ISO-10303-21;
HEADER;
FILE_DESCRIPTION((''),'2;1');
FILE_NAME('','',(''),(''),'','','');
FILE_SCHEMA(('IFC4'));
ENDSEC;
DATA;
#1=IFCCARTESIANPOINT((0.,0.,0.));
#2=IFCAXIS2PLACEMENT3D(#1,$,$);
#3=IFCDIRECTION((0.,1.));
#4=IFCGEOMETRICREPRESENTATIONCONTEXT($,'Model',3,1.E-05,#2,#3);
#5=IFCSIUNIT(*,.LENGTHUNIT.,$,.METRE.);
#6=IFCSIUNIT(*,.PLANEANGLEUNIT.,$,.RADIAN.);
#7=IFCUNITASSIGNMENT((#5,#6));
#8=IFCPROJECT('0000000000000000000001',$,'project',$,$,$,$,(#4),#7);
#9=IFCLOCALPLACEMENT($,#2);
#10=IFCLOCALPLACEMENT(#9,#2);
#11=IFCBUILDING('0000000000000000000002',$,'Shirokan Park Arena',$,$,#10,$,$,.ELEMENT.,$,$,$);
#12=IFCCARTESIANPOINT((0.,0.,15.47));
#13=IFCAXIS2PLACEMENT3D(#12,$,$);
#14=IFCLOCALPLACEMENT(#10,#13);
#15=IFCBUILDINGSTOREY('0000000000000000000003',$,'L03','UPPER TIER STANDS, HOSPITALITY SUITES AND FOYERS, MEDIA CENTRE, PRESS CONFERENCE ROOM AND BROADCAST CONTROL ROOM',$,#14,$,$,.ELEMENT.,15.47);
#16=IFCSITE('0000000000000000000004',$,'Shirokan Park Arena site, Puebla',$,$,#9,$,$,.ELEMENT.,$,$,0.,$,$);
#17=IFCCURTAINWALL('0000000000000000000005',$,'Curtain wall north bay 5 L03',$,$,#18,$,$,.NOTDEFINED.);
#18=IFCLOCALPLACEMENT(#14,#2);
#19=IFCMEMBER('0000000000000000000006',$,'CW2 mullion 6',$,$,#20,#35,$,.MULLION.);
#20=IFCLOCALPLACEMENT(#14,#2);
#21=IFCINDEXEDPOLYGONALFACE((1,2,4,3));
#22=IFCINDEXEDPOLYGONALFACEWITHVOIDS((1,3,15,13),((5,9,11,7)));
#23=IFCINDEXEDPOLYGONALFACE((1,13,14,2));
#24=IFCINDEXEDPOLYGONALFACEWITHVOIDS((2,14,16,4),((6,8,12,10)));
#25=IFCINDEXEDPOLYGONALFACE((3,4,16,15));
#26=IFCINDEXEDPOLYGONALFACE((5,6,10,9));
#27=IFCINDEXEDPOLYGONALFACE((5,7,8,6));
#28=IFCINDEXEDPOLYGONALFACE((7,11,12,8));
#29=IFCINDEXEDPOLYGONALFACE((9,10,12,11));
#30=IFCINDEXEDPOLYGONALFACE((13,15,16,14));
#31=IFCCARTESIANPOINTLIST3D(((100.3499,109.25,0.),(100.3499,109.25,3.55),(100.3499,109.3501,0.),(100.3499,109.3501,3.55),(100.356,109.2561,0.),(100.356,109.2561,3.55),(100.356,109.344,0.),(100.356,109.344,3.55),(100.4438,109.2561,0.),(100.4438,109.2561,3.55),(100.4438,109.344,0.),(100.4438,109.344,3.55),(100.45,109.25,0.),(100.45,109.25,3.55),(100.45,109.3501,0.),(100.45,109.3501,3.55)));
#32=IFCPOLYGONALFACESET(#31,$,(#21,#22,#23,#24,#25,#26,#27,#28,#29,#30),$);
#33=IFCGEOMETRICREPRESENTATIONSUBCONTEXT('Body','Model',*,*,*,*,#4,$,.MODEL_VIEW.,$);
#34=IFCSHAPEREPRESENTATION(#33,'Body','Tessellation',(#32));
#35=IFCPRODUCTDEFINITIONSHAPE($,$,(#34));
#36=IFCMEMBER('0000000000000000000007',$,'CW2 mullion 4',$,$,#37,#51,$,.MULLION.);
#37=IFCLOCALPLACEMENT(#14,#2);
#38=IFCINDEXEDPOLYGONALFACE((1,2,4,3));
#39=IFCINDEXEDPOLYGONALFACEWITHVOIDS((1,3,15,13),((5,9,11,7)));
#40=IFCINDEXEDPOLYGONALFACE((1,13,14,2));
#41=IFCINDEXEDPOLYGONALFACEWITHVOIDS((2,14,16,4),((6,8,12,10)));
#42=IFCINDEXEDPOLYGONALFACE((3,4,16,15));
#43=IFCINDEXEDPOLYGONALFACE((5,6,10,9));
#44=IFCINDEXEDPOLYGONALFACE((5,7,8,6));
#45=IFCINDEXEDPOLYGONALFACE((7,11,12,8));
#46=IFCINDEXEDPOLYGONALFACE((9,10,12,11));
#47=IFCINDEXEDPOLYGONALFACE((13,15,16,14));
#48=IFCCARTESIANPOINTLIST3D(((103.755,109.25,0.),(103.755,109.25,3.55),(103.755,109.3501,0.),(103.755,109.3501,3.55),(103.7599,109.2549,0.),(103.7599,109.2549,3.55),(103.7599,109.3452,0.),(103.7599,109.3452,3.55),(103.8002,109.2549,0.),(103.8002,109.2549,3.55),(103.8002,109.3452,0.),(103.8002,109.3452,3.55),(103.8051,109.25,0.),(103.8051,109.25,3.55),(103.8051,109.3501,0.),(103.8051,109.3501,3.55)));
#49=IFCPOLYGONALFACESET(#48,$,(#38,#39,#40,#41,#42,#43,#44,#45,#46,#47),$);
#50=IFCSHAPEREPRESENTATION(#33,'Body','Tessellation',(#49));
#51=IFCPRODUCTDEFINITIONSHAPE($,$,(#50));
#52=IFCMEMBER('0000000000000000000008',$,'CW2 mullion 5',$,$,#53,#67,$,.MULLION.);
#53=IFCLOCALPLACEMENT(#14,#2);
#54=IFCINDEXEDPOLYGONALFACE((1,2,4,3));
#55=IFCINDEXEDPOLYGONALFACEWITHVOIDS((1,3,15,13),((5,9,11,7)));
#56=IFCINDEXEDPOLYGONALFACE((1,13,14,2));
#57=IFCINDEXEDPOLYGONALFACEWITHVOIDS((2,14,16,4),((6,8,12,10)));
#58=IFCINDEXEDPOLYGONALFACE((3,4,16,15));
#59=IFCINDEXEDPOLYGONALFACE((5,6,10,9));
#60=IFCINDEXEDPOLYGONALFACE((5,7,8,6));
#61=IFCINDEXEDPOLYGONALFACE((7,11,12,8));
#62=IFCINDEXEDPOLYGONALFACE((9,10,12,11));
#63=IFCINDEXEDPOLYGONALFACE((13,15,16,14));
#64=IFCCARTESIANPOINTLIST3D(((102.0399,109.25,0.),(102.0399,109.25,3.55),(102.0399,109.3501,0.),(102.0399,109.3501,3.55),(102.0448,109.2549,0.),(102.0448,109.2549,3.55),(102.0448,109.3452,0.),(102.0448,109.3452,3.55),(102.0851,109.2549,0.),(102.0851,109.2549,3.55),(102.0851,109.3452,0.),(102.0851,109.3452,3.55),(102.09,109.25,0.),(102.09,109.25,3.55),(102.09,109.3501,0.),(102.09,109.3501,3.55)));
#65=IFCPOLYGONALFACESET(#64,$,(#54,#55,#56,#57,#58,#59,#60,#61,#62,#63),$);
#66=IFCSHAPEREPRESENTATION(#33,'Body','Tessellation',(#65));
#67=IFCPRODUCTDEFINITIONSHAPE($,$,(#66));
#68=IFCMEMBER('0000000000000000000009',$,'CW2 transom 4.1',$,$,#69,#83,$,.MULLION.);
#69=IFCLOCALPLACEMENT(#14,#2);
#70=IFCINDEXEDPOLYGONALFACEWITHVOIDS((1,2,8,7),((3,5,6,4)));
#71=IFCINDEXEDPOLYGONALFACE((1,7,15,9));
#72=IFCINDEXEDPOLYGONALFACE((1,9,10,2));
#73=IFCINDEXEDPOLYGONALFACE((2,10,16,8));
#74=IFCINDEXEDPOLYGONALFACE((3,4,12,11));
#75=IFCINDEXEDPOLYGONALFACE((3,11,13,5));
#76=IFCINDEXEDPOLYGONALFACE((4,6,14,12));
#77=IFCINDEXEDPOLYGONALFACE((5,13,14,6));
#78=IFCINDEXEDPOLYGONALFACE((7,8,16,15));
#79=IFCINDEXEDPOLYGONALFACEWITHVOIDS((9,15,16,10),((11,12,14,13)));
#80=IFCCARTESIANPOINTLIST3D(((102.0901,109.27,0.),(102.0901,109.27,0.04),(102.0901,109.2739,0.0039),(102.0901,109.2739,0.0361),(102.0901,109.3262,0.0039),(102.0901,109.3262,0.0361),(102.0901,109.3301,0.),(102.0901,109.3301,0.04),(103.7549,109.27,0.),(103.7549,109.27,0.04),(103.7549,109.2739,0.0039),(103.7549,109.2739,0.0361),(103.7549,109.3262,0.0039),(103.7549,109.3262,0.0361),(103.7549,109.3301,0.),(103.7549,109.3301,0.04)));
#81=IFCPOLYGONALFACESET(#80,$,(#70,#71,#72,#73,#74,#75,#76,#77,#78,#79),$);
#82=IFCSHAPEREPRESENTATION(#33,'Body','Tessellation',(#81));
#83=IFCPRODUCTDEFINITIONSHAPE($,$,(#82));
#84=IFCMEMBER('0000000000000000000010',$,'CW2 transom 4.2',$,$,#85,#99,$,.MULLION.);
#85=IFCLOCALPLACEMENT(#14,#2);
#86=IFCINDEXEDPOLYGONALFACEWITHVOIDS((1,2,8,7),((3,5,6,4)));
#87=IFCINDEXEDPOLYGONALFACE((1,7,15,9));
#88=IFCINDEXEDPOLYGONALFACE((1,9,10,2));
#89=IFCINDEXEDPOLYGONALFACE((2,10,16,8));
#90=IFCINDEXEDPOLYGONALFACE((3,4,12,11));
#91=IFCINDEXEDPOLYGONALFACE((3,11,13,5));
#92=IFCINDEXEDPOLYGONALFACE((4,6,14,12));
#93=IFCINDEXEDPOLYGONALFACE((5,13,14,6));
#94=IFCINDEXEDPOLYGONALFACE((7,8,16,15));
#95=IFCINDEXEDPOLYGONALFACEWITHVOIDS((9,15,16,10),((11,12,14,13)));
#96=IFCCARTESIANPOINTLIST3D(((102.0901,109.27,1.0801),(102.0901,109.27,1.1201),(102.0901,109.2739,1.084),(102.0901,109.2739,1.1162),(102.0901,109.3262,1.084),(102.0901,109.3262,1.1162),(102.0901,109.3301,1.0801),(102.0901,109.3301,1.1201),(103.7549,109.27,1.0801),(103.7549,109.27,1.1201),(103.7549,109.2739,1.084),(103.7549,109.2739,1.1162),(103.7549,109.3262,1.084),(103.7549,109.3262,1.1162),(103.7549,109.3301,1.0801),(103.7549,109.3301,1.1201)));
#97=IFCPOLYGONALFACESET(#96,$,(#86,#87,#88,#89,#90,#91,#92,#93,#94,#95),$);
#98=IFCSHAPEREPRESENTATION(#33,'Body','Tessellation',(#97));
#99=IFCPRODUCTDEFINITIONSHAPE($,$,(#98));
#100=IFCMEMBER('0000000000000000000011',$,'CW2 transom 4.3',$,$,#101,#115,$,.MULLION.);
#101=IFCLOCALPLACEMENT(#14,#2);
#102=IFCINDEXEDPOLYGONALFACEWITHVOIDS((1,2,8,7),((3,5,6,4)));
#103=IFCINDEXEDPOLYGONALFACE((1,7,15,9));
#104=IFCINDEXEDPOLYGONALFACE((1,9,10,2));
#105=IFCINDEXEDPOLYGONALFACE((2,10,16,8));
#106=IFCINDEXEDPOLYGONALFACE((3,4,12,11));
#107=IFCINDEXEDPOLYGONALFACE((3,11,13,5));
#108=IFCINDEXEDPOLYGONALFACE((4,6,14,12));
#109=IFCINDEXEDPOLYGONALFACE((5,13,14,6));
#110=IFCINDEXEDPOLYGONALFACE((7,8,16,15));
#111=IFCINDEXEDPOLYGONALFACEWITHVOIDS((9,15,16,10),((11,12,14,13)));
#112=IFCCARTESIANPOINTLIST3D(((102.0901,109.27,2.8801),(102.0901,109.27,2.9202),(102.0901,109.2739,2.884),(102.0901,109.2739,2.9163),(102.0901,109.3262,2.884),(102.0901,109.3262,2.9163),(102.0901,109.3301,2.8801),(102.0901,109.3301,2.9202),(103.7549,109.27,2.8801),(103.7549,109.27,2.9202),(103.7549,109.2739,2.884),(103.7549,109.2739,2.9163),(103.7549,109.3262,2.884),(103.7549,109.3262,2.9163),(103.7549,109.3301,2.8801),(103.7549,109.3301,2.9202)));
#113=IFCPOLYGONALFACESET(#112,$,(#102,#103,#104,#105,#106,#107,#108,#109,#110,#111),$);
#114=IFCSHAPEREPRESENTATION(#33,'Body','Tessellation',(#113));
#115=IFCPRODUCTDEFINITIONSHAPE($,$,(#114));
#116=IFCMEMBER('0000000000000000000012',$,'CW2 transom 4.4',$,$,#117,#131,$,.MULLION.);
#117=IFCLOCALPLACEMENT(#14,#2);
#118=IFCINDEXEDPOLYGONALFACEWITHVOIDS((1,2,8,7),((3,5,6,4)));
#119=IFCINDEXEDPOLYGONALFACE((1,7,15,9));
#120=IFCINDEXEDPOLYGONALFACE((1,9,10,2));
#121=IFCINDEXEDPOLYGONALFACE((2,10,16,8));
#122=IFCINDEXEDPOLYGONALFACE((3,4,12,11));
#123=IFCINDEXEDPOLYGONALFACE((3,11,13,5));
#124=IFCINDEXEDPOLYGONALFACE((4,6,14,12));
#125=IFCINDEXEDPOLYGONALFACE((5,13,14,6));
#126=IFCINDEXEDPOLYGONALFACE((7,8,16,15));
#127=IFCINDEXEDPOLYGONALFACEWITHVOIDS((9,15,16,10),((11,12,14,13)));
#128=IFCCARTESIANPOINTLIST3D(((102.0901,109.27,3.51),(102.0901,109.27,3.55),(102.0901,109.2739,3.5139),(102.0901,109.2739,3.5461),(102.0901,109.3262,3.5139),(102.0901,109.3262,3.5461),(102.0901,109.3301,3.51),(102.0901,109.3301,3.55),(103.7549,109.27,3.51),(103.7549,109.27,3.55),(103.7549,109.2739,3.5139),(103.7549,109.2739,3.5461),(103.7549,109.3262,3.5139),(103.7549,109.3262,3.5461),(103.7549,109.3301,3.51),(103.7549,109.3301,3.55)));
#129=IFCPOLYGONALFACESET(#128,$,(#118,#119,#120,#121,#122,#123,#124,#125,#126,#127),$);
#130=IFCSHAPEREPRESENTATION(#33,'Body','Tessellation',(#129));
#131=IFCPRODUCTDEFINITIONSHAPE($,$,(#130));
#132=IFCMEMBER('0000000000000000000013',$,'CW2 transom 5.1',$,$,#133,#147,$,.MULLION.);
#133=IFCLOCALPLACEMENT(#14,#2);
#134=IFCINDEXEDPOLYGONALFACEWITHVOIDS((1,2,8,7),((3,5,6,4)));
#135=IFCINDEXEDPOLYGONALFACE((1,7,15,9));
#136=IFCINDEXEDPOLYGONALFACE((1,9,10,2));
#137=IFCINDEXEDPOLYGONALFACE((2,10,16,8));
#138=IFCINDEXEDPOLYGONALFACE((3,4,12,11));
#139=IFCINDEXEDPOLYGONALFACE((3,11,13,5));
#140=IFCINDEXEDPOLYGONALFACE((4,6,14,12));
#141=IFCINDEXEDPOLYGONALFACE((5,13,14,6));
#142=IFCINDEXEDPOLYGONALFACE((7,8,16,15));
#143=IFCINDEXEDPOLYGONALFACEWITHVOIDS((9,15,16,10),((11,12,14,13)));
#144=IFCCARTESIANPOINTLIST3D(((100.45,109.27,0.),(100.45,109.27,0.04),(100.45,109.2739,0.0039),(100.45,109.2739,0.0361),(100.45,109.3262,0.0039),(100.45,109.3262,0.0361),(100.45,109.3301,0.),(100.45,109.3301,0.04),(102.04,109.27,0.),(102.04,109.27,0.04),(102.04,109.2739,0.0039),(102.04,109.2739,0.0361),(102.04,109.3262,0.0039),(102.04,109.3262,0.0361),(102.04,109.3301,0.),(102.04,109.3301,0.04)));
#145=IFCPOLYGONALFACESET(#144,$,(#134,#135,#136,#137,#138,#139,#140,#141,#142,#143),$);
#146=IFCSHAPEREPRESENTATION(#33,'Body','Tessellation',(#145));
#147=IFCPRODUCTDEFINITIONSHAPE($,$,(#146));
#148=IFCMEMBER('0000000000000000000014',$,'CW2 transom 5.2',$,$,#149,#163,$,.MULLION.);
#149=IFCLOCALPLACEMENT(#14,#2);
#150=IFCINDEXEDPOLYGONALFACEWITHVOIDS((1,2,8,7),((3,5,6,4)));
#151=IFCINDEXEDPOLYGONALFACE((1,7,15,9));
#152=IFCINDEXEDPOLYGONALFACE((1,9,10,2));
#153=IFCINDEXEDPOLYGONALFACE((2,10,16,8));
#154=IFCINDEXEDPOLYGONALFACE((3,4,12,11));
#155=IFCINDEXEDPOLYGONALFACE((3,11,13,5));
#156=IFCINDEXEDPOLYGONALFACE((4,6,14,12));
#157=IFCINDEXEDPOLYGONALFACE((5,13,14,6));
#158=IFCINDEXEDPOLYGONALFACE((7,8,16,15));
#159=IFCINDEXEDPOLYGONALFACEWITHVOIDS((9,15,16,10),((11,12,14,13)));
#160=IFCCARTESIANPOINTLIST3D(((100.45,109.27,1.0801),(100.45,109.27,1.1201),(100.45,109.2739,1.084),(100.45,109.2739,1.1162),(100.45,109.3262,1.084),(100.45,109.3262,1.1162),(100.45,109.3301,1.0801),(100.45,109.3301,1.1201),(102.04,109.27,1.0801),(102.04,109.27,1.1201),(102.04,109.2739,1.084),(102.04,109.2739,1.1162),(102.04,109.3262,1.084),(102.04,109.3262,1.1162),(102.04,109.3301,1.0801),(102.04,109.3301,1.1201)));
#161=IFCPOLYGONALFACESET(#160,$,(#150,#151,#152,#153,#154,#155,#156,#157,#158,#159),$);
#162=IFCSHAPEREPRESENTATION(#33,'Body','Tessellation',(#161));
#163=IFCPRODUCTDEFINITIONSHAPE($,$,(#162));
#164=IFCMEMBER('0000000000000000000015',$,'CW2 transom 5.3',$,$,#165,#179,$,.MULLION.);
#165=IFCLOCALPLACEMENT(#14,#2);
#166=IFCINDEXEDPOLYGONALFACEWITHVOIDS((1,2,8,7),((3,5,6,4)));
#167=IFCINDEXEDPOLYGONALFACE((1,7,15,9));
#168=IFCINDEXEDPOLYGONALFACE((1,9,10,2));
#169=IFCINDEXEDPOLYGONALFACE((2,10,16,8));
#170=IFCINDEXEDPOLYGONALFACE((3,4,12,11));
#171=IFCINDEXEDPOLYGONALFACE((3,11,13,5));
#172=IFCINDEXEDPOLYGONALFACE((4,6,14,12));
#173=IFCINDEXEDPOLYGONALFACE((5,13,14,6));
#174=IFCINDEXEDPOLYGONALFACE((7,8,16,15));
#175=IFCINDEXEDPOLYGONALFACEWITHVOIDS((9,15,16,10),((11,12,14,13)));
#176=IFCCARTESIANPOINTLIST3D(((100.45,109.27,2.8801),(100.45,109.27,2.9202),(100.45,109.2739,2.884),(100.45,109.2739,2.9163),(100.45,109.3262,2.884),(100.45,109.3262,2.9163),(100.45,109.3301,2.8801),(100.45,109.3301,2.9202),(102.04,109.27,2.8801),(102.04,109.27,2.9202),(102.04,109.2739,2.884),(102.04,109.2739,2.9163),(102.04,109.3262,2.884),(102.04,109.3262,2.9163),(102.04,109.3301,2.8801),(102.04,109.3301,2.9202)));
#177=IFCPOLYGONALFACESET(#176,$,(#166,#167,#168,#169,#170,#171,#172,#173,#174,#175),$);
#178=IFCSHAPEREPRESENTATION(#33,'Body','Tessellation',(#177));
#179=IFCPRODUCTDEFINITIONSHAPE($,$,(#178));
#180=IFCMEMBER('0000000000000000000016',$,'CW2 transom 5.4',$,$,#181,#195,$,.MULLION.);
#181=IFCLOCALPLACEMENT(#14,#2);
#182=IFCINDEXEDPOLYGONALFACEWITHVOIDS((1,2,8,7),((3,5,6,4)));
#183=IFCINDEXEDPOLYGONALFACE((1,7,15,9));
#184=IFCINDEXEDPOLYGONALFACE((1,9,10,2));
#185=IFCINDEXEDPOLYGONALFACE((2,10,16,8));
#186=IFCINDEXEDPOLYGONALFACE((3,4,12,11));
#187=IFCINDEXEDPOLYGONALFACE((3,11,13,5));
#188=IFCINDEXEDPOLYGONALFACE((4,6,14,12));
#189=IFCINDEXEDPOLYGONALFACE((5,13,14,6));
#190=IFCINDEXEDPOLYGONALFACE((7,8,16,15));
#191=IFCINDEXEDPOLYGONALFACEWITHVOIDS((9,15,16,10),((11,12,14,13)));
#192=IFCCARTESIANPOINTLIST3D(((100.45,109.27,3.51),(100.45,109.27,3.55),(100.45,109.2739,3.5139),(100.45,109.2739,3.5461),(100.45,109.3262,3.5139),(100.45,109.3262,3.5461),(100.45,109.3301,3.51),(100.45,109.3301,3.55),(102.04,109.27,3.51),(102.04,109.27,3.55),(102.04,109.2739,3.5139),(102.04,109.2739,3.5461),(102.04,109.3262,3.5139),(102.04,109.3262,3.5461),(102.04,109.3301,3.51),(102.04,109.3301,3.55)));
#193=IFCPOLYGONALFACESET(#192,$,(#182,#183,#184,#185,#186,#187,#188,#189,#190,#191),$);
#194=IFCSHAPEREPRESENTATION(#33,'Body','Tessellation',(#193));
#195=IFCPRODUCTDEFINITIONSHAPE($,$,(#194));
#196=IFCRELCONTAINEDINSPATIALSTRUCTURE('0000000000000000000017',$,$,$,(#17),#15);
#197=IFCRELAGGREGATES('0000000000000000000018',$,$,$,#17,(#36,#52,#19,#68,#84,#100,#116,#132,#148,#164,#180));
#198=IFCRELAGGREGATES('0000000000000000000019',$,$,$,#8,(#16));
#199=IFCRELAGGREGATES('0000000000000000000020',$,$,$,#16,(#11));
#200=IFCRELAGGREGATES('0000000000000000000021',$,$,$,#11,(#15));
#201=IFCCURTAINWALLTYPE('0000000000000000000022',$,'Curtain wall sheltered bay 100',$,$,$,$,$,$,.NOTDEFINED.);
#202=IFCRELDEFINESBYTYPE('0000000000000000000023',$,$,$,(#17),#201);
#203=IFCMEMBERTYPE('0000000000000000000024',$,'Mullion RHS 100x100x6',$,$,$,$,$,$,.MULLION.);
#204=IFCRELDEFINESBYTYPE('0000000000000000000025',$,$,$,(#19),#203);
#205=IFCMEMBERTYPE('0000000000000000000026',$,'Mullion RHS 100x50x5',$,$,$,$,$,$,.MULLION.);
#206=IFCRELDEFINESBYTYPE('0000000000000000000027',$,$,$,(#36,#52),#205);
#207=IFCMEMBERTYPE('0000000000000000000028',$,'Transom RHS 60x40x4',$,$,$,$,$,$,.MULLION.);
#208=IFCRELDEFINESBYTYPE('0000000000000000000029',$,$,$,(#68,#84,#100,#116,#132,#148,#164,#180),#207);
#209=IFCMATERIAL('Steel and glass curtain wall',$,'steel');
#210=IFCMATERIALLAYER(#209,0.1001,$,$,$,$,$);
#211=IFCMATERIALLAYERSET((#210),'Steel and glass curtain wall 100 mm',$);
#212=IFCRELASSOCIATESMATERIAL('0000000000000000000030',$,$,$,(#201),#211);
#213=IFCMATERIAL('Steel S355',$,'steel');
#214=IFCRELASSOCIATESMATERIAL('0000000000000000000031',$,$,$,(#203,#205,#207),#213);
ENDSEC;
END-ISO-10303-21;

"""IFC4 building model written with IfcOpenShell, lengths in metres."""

from ifc_helpers import new_model, si_unit, direction, frame, origin, origin_2d, place, context, subcontext, project, spatial, hollow_rectangle, extrude, material, layer, layer_set, material_profile, profile_set, type_object, element, aggregate, save


model = new_model("IFC4")

# Units and contexts
model_context = context("Model", 3, precision=1e-05, world=origin(), true_north=direction((0.0, 1.0)))
body_context = subcontext(model_context, "Body", "Model", "MODEL_VIEW")
ifc_project = project(units=[si_unit("LENGTHUNIT", "METRE"), si_unit("PLANEANGLEUNIT", "RADIAN")], contexts=[model_context])

# Site, building, storey
site_placement = place(None, origin())
site = spatial("IfcSite", under=ifc_project, at=site_placement, Name="Shirokan Park Arena site, Puebla", CompositionType="ELEMENT", RefElevation=0.0)
building_placement = place(site_placement, origin())
building = spatial("IfcBuilding", under=site, at=building_placement, Name="Shirokan Park Arena", CompositionType="ELEMENT")
storey_placement = place(building_placement, frame((0.0, 0.0, 15.47)))
storey = spatial("IfcBuildingStorey", under=building, at=storey_placement, Name="L03", Description="UPPER TIER STANDS, HOSPITALITY SUITES AND FOYERS, MEDIA CENTRE, PRESS CONFERENCE ROOM AND BROADCAST CONTROL ROOM", CompositionType="ELEMENT", Elevation=15.47)

# Curtain wall, members
ifc_material_1 = material(Name="Steel and glass curtain wall", Category="steel")
ifc_layer_1 = layer(ifc_material_1, 0.1001)
ifc_layer_set_1 = layer_set([ifc_layer_1], Name="Steel and glass curtain wall 100 mm")
curtain_wall_type = type_object("IfcCurtainWallType", Name="Curtain wall sheltered bay 100", PredefinedType="NOTDEFINED", material=ifc_layer_set_1)
curtain_wall_placement = place(storey_placement, origin())
curtain_wall = element("IfcCurtainWall", 1, at=curtain_wall_placement, inside=storey, type_object=curtain_wall_type, Name="Curtain wall north bay 5 L03", PredefinedType="NOTDEFINED")
ifc_material_2 = material(Name="Steel S355", Category="steel")
ifc_material_profile_1 = material_profile(ifc_material_2, hollow_rectangle(XDim=0.1001, YDim=0.1001, WallThickness=0.0061, at=origin_2d()), Name="RHS 100x100x6")
ifc_profile_set_1 = profile_set([ifc_material_profile_1], Name="Steel S355")
member_type_1 = type_object("IfcMemberType", Name="Mullion RHS 100x100x6", PredefinedType="MULLION", material=ifc_profile_set_1)
member_1_placement = place(storey_placement, frame((100.3999, 109.3, 0.0), z_axis=(0.0, 0.0, 1.0), x_axis=(0.0, -1.0, 0.0)))
member_1 = element("IfcMember", 2, at=member_1_placement, type_object=member_type_1, Name="CW2 mullion 6", PredefinedType="MULLION", context=body_context, shape_type="SweptSolid", body=[
    extrude(hollow_rectangle(XDim=0.1001, YDim=0.1001, WallThickness=0.0061, at=origin_2d()), origin(), (0.0, 0.0, 1.0), 3.55),
])
ifc_material_profile_2 = material_profile(ifc_material_2, hollow_rectangle(XDim=0.1001, YDim=0.05, WallThickness=0.0049, at=origin_2d()), Name="RHS 100x50x5")
ifc_profile_set_2 = profile_set([ifc_material_profile_2], Name="Steel S355")
member_type_2 = type_object("IfcMemberType", Name="Mullion RHS 100x50x5", PredefinedType="MULLION", material=ifc_profile_set_2)
member_2_placement = place(storey_placement, frame((103.78, 109.3, 0.0), z_axis=(0.0, 0.0, 1.0), x_axis=(0.0, -1.0, 0.0)))
member_2 = element("IfcMember", 3, at=member_2_placement, type_object=member_type_2, Name="CW2 mullion 4", PredefinedType="MULLION", context=body_context, shape_type="SweptSolid", body=[
    extrude(hollow_rectangle(XDim=0.1001, YDim=0.05, WallThickness=0.0049, at=origin_2d()), origin(), (0.0, 0.0, 1.0), 3.55),
])
member_3_placement = place(storey_placement, frame((102.0649, 109.3, 0.0), z_axis=(0.0, 0.0, 1.0), x_axis=(0.0, -1.0, 0.0)))
member_3 = element("IfcMember", 4, at=member_3_placement, type_object=member_type_2, Name="CW2 mullion 5", PredefinedType="MULLION", context=body_context, shape_type="SweptSolid", body=[
    extrude(hollow_rectangle(XDim=0.1001, YDim=0.05, WallThickness=0.0049, at=origin_2d()), origin(), (0.0, 0.0, 1.0), 3.55),
])
ifc_material_profile_3 = material_profile(ifc_material_2, hollow_rectangle(XDim=0.0601, YDim=0.04, WallThickness=0.0039, at=origin_2d()), Name="RHS 60x40x4")
ifc_profile_set_3 = profile_set([ifc_material_profile_3], Name="Steel S355")
member_type_3 = type_object("IfcMemberType", Name="Transom RHS 60x40x4", PredefinedType="MULLION", material=ifc_profile_set_3)
member_4_placement = place(storey_placement, frame((103.7549, 109.3, 0.02), z_axis=(-1.0, 0.0, 0.0), x_axis=(0.0, -1.0, 0.0)))
member_4 = element("IfcMember", 5, at=member_4_placement, type_object=member_type_3, Name="CW2 transom 4.1", PredefinedType="MULLION", context=body_context, shape_type="SweptSolid", body=[
    extrude(hollow_rectangle(XDim=0.0601, YDim=0.04, WallThickness=0.0039, at=origin_2d()), origin(), (0.0, 0.0, 1.0), 1.6648),
])
member_5_placement = place(storey_placement, frame((103.7549, 109.3, 1.1001), z_axis=(-1.0, 0.0, 0.0), x_axis=(0.0, -1.0, 0.0)))
member_5 = element("IfcMember", 6, at=member_5_placement, type_object=member_type_3, Name="CW2 transom 4.2", PredefinedType="MULLION", context=body_context, shape_type="SweptSolid", body=[
    extrude(hollow_rectangle(XDim=0.0601, YDim=0.04, WallThickness=0.0039, at=origin_2d()), origin(), (0.0, 0.0, 1.0), 1.6648),
])
member_6_placement = place(storey_placement, frame((103.7549, 109.3, 2.9001), z_axis=(-1.0, 0.0, 0.0), x_axis=(0.0, -1.0, 0.0)))
member_6 = element("IfcMember", 7, at=member_6_placement, type_object=member_type_3, Name="CW2 transom 4.3", PredefinedType="MULLION", context=body_context, shape_type="SweptSolid", body=[
    extrude(hollow_rectangle(XDim=0.0601, YDim=0.04, WallThickness=0.0039, at=origin_2d()), origin(), (0.0, 0.0, 1.0), 1.6648),
])
member_7_placement = place(storey_placement, frame((103.7549, 109.3, 3.53), z_axis=(-1.0, 0.0, 0.0), x_axis=(0.0, -1.0, 0.0)))
member_7 = element("IfcMember", 8, at=member_7_placement, type_object=member_type_3, Name="CW2 transom 4.4", PredefinedType="MULLION", context=body_context, shape_type="SweptSolid", body=[
    extrude(hollow_rectangle(XDim=0.0601, YDim=0.04, WallThickness=0.0039, at=origin_2d()), origin(), (0.0, 0.0, 1.0), 1.6648),
])
member_8_placement = place(storey_placement, frame((102.04, 109.3, 0.02), z_axis=(-1.0, 0.0, 0.0), x_axis=(0.0, -1.0, 0.0)))
member_8 = element("IfcMember", 9, at=member_8_placement, type_object=member_type_3, Name="CW2 transom 5.1", PredefinedType="MULLION", context=body_context, shape_type="SweptSolid", body=[
    extrude(hollow_rectangle(XDim=0.0601, YDim=0.04, WallThickness=0.0039, at=origin_2d()), origin(), (0.0, 0.0, 1.0), 1.5901),
])
member_9_placement = place(storey_placement, frame((102.04, 109.3, 1.1001), z_axis=(-1.0, 0.0, 0.0), x_axis=(0.0, -1.0, 0.0)))
member_9 = element("IfcMember", 10, at=member_9_placement, type_object=member_type_3, Name="CW2 transom 5.2", PredefinedType="MULLION", context=body_context, shape_type="SweptSolid", body=[
    extrude(hollow_rectangle(XDim=0.0601, YDim=0.04, WallThickness=0.0039, at=origin_2d()), origin(), (0.0, 0.0, 1.0), 1.5901),
])
member_10_placement = place(storey_placement, frame((102.04, 109.3, 2.9001), z_axis=(-1.0, 0.0, 0.0), x_axis=(0.0, -1.0, 0.0)))
member_10 = element("IfcMember", 11, at=member_10_placement, type_object=member_type_3, Name="CW2 transom 5.3", PredefinedType="MULLION", context=body_context, shape_type="SweptSolid", body=[
    extrude(hollow_rectangle(XDim=0.0601, YDim=0.04, WallThickness=0.0039, at=origin_2d()), origin(), (0.0, 0.0, 1.0), 1.5901),
])
member_11_placement = place(storey_placement, frame((102.04, 109.3, 3.53), z_axis=(-1.0, 0.0, 0.0), x_axis=(0.0, -1.0, 0.0)))
member_11 = element("IfcMember", 12, at=member_11_placement, type_object=member_type_3, Name="CW2 transom 5.4", PredefinedType="MULLION", context=body_context, shape_type="SweptSolid", body=[
    extrude(hollow_rectangle(XDim=0.0601, YDim=0.04, WallThickness=0.0039, at=origin_2d()), origin(), (0.0, 0.0, 1.0), 1.5901),
])
aggregate(curtain_wall, [member_2, member_3, member_1, member_4, member_5, member_6, member_7, member_8, member_9, member_10, member_11])

save(model, "model.ifc")
